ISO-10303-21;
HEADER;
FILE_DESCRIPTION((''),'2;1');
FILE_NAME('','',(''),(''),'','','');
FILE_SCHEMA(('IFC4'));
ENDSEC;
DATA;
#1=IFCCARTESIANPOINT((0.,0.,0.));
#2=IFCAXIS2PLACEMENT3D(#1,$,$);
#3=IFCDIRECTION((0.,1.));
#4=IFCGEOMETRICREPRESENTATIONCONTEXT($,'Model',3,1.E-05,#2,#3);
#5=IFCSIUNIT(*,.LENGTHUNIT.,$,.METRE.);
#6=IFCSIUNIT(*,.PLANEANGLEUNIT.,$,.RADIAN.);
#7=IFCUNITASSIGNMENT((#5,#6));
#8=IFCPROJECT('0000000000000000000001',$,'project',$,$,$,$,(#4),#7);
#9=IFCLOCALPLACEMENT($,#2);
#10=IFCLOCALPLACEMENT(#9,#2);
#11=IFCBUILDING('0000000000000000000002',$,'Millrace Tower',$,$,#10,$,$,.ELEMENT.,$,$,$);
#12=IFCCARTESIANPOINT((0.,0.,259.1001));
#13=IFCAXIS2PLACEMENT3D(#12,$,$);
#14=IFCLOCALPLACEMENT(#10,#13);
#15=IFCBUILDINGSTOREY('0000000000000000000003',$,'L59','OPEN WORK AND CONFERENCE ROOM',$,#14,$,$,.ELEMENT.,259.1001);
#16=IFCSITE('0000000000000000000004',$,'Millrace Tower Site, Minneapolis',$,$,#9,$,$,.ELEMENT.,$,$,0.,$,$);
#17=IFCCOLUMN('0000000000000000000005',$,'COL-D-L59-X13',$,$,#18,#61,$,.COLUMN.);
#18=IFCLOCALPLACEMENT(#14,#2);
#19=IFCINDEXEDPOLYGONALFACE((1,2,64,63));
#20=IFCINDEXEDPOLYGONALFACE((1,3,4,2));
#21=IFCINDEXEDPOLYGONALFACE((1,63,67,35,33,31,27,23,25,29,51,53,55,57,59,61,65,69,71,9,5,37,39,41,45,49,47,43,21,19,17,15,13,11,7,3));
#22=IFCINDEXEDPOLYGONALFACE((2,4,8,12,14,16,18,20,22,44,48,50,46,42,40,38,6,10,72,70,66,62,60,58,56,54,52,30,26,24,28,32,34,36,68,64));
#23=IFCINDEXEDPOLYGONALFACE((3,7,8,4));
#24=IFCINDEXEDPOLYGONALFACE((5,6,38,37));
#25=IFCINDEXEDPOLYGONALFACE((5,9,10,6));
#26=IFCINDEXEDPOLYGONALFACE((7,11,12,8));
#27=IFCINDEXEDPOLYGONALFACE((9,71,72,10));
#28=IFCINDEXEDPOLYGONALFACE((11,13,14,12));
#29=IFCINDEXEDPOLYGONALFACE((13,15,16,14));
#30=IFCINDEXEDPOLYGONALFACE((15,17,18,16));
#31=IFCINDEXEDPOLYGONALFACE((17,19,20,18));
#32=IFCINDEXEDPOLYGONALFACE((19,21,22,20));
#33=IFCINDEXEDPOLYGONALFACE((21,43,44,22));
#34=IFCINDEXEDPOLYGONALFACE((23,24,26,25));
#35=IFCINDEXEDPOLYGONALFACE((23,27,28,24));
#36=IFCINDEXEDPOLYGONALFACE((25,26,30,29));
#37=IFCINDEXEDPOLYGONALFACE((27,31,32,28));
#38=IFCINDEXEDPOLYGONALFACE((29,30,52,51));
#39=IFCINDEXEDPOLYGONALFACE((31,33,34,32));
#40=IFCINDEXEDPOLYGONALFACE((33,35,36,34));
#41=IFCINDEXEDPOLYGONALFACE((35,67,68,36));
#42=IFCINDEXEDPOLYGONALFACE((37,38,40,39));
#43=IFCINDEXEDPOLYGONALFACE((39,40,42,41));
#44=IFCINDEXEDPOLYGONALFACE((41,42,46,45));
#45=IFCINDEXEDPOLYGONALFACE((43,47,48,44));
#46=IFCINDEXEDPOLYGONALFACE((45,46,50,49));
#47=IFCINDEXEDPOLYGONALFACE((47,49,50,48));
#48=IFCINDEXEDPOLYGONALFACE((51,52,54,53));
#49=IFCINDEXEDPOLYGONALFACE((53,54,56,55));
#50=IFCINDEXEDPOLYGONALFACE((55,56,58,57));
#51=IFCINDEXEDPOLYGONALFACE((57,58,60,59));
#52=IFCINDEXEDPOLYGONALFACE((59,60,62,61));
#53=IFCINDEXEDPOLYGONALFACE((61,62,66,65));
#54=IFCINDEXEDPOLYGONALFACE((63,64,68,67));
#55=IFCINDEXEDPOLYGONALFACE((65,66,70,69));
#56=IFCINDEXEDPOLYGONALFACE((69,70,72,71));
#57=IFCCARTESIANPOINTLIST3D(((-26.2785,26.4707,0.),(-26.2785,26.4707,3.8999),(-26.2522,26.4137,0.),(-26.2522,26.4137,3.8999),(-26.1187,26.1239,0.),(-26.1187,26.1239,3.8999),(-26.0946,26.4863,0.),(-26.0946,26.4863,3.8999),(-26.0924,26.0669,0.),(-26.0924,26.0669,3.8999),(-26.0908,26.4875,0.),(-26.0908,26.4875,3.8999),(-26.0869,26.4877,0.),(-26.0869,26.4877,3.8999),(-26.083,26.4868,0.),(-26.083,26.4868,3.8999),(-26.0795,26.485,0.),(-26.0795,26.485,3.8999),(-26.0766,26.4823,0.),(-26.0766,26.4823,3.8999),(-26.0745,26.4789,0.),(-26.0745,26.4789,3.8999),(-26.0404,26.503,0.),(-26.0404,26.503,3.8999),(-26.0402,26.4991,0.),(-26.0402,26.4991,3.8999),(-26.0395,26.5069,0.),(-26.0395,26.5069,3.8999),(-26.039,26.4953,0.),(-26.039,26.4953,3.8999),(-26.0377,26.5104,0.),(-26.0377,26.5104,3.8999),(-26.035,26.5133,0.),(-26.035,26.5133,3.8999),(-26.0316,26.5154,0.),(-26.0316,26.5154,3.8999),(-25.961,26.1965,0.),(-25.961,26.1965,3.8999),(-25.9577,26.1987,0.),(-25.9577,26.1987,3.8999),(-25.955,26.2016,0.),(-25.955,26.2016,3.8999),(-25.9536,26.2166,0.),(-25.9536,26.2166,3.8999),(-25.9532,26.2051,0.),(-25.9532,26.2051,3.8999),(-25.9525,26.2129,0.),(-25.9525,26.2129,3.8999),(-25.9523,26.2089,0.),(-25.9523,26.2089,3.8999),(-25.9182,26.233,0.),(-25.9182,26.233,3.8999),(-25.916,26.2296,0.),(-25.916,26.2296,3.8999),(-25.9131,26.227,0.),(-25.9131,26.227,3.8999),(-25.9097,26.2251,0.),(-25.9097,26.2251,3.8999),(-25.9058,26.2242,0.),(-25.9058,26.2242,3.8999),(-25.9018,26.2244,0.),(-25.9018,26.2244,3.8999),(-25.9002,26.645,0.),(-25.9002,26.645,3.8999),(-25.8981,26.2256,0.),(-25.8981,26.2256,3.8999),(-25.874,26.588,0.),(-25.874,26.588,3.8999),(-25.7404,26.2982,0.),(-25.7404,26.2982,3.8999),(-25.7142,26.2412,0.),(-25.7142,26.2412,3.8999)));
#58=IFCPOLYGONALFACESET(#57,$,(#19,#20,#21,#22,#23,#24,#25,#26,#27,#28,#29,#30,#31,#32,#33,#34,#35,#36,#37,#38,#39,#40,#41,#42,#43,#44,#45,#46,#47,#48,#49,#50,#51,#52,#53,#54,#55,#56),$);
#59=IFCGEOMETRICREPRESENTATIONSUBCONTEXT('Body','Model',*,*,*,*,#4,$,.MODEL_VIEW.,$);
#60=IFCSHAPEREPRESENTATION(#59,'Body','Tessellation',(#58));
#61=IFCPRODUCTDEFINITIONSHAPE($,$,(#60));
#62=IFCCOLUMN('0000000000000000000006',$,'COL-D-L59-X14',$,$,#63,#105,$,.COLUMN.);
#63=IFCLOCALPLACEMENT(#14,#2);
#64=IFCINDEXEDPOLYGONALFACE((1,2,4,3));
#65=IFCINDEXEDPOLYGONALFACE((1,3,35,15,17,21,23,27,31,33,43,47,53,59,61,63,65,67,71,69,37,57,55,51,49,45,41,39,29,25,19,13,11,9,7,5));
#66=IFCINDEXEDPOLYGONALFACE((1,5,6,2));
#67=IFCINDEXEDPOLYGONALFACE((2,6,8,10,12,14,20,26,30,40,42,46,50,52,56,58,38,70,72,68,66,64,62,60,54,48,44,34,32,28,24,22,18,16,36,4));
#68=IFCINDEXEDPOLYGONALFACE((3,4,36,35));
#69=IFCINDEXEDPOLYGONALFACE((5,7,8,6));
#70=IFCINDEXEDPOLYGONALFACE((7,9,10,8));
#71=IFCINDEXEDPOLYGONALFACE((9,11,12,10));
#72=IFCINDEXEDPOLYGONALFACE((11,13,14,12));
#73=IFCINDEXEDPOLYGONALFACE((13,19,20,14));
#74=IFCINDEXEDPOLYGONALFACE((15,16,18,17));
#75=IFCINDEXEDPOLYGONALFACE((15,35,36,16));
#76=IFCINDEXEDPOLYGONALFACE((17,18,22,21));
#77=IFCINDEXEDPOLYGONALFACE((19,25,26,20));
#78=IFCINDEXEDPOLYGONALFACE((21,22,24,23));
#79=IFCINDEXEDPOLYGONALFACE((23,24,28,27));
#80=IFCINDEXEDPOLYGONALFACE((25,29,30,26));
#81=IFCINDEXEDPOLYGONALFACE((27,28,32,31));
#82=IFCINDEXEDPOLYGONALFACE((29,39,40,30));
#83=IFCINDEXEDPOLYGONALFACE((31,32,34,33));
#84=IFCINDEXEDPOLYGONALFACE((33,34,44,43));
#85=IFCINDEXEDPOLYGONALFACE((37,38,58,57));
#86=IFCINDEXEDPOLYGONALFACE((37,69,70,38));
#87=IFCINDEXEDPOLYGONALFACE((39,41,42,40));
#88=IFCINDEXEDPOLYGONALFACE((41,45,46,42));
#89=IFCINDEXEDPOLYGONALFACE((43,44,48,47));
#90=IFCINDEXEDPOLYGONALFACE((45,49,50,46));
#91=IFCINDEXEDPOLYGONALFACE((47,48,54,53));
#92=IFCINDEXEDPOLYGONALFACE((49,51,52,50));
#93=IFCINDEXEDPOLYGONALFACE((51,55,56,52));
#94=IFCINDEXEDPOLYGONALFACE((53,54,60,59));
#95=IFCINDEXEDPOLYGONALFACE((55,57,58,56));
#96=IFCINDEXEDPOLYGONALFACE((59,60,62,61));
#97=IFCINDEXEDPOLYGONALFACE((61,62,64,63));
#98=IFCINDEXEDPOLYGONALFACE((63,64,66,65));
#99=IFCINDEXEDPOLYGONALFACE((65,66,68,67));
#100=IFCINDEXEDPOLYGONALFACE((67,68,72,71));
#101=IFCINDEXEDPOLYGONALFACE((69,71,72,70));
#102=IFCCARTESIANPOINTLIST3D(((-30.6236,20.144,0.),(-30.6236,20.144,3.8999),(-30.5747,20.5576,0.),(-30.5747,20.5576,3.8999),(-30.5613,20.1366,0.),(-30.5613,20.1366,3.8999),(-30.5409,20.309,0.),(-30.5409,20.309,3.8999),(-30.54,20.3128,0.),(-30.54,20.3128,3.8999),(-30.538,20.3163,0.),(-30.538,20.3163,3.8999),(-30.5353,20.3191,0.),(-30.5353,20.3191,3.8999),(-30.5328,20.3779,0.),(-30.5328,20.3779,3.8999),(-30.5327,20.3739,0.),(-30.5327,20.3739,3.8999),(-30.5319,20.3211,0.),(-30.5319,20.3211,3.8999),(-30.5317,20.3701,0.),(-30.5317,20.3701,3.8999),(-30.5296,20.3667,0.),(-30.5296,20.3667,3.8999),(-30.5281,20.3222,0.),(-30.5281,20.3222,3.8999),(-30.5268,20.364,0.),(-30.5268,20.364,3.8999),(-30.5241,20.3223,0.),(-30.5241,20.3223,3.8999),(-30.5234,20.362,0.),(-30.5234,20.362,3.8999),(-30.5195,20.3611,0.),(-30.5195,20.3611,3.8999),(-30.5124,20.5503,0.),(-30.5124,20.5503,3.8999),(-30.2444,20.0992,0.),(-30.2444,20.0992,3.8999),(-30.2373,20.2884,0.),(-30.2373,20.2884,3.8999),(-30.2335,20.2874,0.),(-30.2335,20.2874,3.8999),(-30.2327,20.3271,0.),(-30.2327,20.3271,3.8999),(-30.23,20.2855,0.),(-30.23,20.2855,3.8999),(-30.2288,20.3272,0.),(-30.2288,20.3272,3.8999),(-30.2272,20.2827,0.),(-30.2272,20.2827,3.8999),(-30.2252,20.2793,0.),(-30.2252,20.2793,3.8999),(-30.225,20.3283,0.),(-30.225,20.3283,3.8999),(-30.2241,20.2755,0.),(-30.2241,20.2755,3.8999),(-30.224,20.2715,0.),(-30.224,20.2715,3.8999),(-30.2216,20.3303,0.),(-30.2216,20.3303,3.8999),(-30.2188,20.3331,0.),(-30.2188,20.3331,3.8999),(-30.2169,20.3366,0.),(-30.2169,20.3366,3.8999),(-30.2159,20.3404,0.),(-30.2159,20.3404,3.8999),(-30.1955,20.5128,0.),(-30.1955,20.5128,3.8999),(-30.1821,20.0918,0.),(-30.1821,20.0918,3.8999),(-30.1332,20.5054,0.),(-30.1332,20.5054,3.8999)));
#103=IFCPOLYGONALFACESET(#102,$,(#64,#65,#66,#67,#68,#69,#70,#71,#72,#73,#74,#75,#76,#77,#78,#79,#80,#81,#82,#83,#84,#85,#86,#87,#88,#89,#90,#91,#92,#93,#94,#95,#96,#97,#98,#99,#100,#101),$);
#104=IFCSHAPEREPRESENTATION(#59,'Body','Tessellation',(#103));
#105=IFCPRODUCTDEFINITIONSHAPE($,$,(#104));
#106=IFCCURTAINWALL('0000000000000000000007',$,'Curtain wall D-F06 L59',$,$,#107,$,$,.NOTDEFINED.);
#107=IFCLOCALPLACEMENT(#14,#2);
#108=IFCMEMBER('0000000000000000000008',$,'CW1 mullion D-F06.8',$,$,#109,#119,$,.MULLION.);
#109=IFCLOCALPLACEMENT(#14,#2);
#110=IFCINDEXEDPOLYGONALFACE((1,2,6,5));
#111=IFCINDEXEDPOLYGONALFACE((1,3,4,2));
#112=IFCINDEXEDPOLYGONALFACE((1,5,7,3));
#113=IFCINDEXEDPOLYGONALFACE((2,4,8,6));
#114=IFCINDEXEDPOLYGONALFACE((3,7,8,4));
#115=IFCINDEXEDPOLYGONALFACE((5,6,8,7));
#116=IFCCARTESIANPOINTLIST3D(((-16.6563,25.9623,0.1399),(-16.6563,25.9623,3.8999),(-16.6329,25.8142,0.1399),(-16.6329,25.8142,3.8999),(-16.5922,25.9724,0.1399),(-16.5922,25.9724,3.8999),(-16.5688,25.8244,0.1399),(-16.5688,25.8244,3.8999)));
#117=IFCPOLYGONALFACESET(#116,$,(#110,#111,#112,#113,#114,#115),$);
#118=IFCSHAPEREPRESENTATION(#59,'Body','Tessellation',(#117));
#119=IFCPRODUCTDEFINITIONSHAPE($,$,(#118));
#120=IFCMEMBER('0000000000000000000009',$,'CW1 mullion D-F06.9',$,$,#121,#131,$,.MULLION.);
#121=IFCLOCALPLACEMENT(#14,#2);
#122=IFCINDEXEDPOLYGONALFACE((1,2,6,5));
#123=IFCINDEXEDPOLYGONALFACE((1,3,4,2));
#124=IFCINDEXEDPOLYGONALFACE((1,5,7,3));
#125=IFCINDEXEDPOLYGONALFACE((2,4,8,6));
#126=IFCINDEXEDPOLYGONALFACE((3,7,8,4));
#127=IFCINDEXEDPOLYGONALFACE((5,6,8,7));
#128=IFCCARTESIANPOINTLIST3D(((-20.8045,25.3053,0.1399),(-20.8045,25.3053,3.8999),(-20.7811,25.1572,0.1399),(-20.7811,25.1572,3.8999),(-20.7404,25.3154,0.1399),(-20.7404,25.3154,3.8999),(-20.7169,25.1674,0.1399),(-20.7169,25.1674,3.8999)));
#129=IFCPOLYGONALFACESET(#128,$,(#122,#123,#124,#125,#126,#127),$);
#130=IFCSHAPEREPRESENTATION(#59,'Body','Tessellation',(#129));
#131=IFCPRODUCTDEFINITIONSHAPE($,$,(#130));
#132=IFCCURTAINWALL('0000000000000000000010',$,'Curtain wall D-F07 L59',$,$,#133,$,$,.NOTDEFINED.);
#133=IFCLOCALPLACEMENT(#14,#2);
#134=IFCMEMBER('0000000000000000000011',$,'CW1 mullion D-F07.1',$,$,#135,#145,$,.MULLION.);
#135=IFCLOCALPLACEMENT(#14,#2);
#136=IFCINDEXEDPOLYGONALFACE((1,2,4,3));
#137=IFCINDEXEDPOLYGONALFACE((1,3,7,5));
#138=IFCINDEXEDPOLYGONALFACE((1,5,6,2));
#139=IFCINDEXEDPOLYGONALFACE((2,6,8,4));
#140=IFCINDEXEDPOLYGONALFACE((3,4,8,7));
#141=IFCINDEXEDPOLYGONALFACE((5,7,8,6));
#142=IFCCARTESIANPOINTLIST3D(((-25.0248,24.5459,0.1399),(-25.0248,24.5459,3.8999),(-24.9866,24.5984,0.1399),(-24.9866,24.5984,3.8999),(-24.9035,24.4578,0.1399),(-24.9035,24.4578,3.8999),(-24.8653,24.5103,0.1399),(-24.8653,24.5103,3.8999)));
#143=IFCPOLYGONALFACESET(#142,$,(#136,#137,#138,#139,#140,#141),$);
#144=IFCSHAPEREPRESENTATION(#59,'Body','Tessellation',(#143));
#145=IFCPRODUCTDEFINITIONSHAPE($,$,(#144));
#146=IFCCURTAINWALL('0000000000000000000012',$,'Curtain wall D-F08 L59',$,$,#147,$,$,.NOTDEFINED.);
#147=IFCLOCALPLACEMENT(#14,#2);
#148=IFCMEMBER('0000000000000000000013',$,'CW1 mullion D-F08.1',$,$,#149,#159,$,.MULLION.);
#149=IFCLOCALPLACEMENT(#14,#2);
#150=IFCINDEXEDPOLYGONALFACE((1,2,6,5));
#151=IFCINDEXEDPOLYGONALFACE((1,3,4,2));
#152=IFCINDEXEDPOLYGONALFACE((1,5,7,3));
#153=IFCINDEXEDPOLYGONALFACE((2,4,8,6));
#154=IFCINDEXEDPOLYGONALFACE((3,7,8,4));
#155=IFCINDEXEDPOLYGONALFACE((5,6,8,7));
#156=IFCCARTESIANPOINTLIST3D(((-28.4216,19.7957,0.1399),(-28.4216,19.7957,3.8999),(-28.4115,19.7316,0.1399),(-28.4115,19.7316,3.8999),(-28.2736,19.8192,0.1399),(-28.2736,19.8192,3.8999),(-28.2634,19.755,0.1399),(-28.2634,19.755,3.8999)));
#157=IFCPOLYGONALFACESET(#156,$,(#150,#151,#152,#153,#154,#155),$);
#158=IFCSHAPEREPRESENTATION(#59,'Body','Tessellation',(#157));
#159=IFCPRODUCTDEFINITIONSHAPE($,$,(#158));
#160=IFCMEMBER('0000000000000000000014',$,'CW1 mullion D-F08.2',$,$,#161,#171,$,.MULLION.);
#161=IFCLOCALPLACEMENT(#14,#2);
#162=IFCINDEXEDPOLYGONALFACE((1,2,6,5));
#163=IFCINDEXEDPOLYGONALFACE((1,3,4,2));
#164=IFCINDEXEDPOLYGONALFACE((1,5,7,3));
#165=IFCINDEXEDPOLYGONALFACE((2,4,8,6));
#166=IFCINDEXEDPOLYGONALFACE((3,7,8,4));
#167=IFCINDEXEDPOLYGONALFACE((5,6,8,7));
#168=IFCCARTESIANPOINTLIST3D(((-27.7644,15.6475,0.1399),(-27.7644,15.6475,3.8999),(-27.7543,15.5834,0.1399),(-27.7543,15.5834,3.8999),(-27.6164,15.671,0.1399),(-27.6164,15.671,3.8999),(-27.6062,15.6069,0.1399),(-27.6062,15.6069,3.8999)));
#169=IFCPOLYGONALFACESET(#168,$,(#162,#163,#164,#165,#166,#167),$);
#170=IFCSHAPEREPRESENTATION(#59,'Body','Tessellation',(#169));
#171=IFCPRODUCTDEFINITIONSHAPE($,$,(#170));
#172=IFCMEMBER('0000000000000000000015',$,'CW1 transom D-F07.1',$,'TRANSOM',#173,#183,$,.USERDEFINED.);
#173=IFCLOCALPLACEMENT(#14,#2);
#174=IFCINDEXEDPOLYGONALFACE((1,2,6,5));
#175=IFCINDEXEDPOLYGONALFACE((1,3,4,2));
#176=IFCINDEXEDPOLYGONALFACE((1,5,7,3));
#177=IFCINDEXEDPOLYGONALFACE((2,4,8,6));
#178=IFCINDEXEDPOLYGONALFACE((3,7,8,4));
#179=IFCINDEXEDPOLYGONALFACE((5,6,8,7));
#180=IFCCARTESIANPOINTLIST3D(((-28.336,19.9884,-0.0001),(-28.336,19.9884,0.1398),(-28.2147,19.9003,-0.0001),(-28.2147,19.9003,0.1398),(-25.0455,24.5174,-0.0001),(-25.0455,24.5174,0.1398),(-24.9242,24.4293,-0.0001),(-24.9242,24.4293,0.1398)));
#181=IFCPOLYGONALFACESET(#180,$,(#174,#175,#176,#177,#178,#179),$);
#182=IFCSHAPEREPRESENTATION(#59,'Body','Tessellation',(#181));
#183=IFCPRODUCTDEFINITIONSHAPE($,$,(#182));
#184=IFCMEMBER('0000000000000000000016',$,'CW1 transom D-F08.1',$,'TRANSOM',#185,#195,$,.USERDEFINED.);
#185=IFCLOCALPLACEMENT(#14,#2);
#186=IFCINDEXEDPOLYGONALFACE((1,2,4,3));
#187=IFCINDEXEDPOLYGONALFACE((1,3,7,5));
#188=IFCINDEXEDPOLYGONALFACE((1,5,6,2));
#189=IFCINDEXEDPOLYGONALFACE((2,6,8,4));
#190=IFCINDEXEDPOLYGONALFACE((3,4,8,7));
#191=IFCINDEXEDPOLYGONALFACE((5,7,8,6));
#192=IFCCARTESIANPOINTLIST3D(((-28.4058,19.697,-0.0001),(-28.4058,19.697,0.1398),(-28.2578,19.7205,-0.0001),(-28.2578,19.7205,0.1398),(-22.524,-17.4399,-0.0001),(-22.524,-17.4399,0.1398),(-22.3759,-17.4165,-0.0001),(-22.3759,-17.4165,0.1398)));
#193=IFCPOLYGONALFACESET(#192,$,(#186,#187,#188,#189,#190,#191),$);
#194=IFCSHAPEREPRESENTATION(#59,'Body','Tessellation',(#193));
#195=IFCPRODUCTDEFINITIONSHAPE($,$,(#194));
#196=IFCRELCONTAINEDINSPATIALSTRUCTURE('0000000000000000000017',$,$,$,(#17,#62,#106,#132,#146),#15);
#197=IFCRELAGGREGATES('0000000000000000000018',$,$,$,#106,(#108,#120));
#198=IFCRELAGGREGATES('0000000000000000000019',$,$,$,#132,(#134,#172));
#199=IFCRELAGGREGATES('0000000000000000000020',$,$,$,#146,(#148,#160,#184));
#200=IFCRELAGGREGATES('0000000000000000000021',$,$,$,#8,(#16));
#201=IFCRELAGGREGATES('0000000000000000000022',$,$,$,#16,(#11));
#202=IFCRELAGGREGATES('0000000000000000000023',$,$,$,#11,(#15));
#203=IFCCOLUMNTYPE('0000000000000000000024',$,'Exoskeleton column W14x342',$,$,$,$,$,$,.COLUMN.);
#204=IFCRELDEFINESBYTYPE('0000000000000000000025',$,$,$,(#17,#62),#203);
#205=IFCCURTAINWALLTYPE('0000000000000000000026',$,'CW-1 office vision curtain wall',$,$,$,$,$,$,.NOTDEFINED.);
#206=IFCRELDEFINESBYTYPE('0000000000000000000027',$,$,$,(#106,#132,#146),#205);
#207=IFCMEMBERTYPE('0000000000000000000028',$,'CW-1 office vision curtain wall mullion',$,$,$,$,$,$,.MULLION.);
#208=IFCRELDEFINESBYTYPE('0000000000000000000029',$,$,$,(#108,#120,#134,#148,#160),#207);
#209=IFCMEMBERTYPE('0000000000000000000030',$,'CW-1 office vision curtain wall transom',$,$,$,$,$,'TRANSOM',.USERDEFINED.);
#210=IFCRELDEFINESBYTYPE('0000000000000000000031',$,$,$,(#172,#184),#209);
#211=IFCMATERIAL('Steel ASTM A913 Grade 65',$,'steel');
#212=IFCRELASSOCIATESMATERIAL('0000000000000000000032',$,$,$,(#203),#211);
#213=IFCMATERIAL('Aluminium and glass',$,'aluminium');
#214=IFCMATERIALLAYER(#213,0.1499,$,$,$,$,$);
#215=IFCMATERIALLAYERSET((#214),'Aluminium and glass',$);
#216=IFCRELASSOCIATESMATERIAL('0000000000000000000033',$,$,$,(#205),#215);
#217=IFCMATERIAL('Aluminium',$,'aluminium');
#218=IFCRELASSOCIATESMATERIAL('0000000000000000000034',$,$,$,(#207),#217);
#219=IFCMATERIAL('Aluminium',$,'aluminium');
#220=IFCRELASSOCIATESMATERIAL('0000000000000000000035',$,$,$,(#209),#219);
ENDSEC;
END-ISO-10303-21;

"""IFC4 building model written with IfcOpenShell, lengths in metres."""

from ifc_helpers import new_model, si_unit, direction, frame, origin, origin_2d, place, context, subcontext, project, spatial, rectangle, i_section, extrude, material, layer, layer_set, material_profile, profile_set, type_object, element, aggregate, save


model = new_model("IFC4")

# Units and contexts
model_context = context("Model", 3, precision=1e-05, world=origin(), true_north=direction((0.0, 1.0)))
body_context = subcontext(model_context, "Body", "Model", "MODEL_VIEW")
ifc_project = project(units=[si_unit("LENGTHUNIT", "METRE"), si_unit("PLANEANGLEUNIT", "RADIAN")], contexts=[model_context])

# Site, building, storey
site_placement = place(None, origin())
site = spatial("IfcSite", under=ifc_project, at=site_placement, Name="Millrace Tower Site, Minneapolis", CompositionType="ELEMENT", RefElevation=0.0)
building_placement = place(site_placement, origin())
building = spatial("IfcBuilding", under=site, at=building_placement, Name="Millrace Tower", CompositionType="ELEMENT")
storey_placement = place(building_placement, frame((0.0, 0.0, 259.1001)))
storey = spatial("IfcBuildingStorey", under=building, at=storey_placement, Name="L59", Description="OPEN WORK AND CONFERENCE ROOM", CompositionType="ELEMENT", Elevation=259.1001)

# Columns
ifc_material_1 = material(Name="Steel ASTM A913 Grade 65", Category="steel")
ifc_material_profile_1 = material_profile(ifc_material_1, i_section(OverallWidth=0.4165, OverallDepth=0.4446, WebThickness=0.0391, FlangeThickness=0.0627, FilletRadius=0.0151, at=origin_2d()))
ifc_profile_set_1 = profile_set([ifc_material_profile_1], Name="Steel ASTM A913 Grade 65")
column_type = type_object("IfcColumnType", Name="Exoskeleton column W14x342", PredefinedType="COLUMN", material=ifc_profile_set_1)
for number, where, z_axis, x_axis, name in (
    (1, (-25.9963, 26.356, 0.0), (0.0, 0.0, 1.0), (-0.908192, -0.418553, 0.0), "COL-D-L59-X13"),
    (2, (-30.3784, 20.3247, 0.0), (0.0, 0.0, 1.0), (-0.117421, -0.993082, 0.0), "COL-D-L59-X14"),
):
    element("IfcColumn", number, at=place(storey_placement, frame(where, z_axis=z_axis, x_axis=x_axis)), inside=storey, type_object=column_type, Name=name, PredefinedType="COLUMN", context=body_context, shape_type="SweptSolid", body=[
        extrude(i_section(OverallWidth=0.4165, OverallDepth=0.4446, WebThickness=0.0391, FlangeThickness=0.0627, FilletRadius=0.0151, at=origin_2d()), origin(), (0.0, 0.0, 1.0), 3.8999),
    ])

# Curtain wall, members
ifc_material_2 = material(Name="Aluminium and glass", Category="aluminium")
ifc_layer_1 = layer(ifc_material_2, 0.1499)
ifc_layer_set_1 = layer_set([ifc_layer_1], Name="Aluminium and glass")
curtain_wall_type = type_object("IfcCurtainWallType", Name="CW-1 office vision curtain wall", PredefinedType="NOTDEFINED", material=ifc_layer_set_1)
placement = place(storey_placement, origin())
curtain_wall_1 = element("IfcCurtainWall", 3, at=placement, inside=storey, type_object=curtain_wall_type, Name="Curtain wall D-F06 L59", PredefinedType="NOTDEFINED")
ifc_material_3 = material(Name="Aluminium", Category="aluminium")
ifc_material_profile_2 = material_profile(ifc_material_3, rectangle(XDim=0.0649, YDim=0.1499, at=origin_2d()))
ifc_profile_set_2 = profile_set([ifc_material_profile_2], Name="Aluminium")
member_type_1 = type_object("IfcMemberType", Name="CW-1 office vision curtain wall mullion", PredefinedType="MULLION", material=ifc_profile_set_2)
member_1_placement = place(storey_placement, frame((-16.6125, 25.8933, 0.1399), z_axis=(0.0, 0.0, 1.0), x_axis=(-0.987688, -0.156434, 0.0)))
member_1 = element("IfcMember", 4, at=member_1_placement, type_object=member_type_1, Name="CW1 mullion D-F06.8", PredefinedType="MULLION", context=body_context, shape_type="SweptSolid", body=[
    extrude(rectangle(XDim=0.0649, YDim=0.1499, at=origin_2d()), origin(), (0.0, 0.0, 1.0), 3.76),
])
member_2_placement = place(storey_placement, frame((-20.7607, 25.2363, 0.1399), z_axis=(0.0, 0.0, 1.0), x_axis=(-0.987688, -0.156434, 0.0)))
member_2 = element("IfcMember", 5, at=member_2_placement, type_object=member_type_1, Name="CW1 mullion D-F06.9", PredefinedType="MULLION", context=body_context, shape_type="SweptSolid", body=[
    extrude(rectangle(XDim=0.0649, YDim=0.1499, at=origin_2d()), origin(), (0.0, 0.0, 1.0), 3.76),
])
aggregate(curtain_wall_1, [member_1, member_2])

# Curtain wall, member
curtain_wall_2 = element("IfcCurtainWall", 6, at=placement, inside=storey, type_object=curtain_wall_type, Name="Curtain wall D-F07 L59", PredefinedType="NOTDEFINED")
member_3_placement = place(storey_placement, frame((-24.9451, 24.5281, 0.1399), z_axis=(0.0, 0.0, 1.0), x_axis=(-0.587785, -0.809017, 0.0)))
member_3 = element("IfcMember", 7, at=member_3_placement, type_object=member_type_1, Name="CW1 mullion D-F07.1", PredefinedType="MULLION", context=body_context, shape_type="SweptSolid", body=[
    extrude(rectangle(XDim=0.0649, YDim=0.1499, at=origin_2d()), origin(), (0.0, 0.0, 1.0), 3.76),
])

# Curtain wall, members
curtain_wall_3 = element("IfcCurtainWall", 8, at=placement, inside=storey, type_object=curtain_wall_type, Name="Curtain wall D-F08 L59", PredefinedType="NOTDEFINED")
member_4_placement = place(storey_placement, frame((-28.3425, 19.7754, 0.1399), z_axis=(0.0, 0.0, 1.0), x_axis=(0.156434, -0.987688, 0.0)))
member_4 = element("IfcMember", 9, at=member_4_placement, type_object=member_type_1, Name="CW1 mullion D-F08.1", PredefinedType="MULLION", context=body_context, shape_type="SweptSolid", body=[
    extrude(rectangle(XDim=0.0649, YDim=0.1499, at=origin_2d()), origin(), (0.0, 0.0, 1.0), 3.76),
])
member_5_placement = place(storey_placement, frame((-27.6853, 15.6272, 0.1399), z_axis=(0.0, 0.0, 1.0), x_axis=(0.156434, -0.987688, 0.0)))
member_5 = element("IfcMember", 10, at=member_5_placement, type_object=member_type_1, Name="CW1 mullion D-F08.2", PredefinedType="MULLION", context=body_context, shape_type="SweptSolid", body=[
    extrude(rectangle(XDim=0.0649, YDim=0.1499, at=origin_2d()), origin(), (0.0, 0.0, 1.0), 3.76),
])

# Members
ifc_material_4 = material(Name="Aluminium", Category="aluminium")
ifc_material_profile_3 = material_profile(ifc_material_4, rectangle(XDim=0.1499, YDim=0.1399, at=origin_2d()))
ifc_profile_set_3 = profile_set([ifc_material_profile_3], Name="Aluminium")
member_type_2 = type_object("IfcMemberType", Name="CW-1 office vision curtain wall transom", ElementType="TRANSOM", PredefinedType="USERDEFINED", material=ifc_profile_set_3)
member_6_placement = place(storey_placement, frame((-24.9849, 24.4734, 0.0698), z_axis=(-0.587783, -0.809019, 0.0), x_axis=(0.809019, -0.587783, 0.0)))
member_6 = element("IfcMember", 11, at=member_6_placement, type_object=member_type_2, Name="CW1 transom D-F07.1", ObjectType="TRANSOM", PredefinedType="USERDEFINED", context=body_context, shape_type="SweptSolid", body=[
    extrude(rectangle(XDim=0.1499, YDim=0.1399, at=origin_2d()), origin(), (0.0, 0.0, 1.0), 5.5981),
])
aggregate(curtain_wall_2, [member_3, member_6])
member_7_placement = place(storey_placement, frame((-28.3318, 19.7087, 0.0698), z_axis=(0.156432, -0.987689, 0.0), x_axis=(0.987689, 0.156432, 0.0)))
member_7 = element("IfcMember", 12, at=member_7_placement, type_object=member_type_2, Name="CW1 transom D-F08.1", ObjectType="TRANSOM", PredefinedType="USERDEFINED", context=body_context, shape_type="SweptSolid", body=[
    extrude(rectangle(XDim=0.1499, YDim=0.1399, at=origin_2d()), origin(), (0.0, 0.0, 1.0), 37.5999),
])
aggregate(curtain_wall_3, [member_4, member_5, member_7])

save(model, "model.ifc")
